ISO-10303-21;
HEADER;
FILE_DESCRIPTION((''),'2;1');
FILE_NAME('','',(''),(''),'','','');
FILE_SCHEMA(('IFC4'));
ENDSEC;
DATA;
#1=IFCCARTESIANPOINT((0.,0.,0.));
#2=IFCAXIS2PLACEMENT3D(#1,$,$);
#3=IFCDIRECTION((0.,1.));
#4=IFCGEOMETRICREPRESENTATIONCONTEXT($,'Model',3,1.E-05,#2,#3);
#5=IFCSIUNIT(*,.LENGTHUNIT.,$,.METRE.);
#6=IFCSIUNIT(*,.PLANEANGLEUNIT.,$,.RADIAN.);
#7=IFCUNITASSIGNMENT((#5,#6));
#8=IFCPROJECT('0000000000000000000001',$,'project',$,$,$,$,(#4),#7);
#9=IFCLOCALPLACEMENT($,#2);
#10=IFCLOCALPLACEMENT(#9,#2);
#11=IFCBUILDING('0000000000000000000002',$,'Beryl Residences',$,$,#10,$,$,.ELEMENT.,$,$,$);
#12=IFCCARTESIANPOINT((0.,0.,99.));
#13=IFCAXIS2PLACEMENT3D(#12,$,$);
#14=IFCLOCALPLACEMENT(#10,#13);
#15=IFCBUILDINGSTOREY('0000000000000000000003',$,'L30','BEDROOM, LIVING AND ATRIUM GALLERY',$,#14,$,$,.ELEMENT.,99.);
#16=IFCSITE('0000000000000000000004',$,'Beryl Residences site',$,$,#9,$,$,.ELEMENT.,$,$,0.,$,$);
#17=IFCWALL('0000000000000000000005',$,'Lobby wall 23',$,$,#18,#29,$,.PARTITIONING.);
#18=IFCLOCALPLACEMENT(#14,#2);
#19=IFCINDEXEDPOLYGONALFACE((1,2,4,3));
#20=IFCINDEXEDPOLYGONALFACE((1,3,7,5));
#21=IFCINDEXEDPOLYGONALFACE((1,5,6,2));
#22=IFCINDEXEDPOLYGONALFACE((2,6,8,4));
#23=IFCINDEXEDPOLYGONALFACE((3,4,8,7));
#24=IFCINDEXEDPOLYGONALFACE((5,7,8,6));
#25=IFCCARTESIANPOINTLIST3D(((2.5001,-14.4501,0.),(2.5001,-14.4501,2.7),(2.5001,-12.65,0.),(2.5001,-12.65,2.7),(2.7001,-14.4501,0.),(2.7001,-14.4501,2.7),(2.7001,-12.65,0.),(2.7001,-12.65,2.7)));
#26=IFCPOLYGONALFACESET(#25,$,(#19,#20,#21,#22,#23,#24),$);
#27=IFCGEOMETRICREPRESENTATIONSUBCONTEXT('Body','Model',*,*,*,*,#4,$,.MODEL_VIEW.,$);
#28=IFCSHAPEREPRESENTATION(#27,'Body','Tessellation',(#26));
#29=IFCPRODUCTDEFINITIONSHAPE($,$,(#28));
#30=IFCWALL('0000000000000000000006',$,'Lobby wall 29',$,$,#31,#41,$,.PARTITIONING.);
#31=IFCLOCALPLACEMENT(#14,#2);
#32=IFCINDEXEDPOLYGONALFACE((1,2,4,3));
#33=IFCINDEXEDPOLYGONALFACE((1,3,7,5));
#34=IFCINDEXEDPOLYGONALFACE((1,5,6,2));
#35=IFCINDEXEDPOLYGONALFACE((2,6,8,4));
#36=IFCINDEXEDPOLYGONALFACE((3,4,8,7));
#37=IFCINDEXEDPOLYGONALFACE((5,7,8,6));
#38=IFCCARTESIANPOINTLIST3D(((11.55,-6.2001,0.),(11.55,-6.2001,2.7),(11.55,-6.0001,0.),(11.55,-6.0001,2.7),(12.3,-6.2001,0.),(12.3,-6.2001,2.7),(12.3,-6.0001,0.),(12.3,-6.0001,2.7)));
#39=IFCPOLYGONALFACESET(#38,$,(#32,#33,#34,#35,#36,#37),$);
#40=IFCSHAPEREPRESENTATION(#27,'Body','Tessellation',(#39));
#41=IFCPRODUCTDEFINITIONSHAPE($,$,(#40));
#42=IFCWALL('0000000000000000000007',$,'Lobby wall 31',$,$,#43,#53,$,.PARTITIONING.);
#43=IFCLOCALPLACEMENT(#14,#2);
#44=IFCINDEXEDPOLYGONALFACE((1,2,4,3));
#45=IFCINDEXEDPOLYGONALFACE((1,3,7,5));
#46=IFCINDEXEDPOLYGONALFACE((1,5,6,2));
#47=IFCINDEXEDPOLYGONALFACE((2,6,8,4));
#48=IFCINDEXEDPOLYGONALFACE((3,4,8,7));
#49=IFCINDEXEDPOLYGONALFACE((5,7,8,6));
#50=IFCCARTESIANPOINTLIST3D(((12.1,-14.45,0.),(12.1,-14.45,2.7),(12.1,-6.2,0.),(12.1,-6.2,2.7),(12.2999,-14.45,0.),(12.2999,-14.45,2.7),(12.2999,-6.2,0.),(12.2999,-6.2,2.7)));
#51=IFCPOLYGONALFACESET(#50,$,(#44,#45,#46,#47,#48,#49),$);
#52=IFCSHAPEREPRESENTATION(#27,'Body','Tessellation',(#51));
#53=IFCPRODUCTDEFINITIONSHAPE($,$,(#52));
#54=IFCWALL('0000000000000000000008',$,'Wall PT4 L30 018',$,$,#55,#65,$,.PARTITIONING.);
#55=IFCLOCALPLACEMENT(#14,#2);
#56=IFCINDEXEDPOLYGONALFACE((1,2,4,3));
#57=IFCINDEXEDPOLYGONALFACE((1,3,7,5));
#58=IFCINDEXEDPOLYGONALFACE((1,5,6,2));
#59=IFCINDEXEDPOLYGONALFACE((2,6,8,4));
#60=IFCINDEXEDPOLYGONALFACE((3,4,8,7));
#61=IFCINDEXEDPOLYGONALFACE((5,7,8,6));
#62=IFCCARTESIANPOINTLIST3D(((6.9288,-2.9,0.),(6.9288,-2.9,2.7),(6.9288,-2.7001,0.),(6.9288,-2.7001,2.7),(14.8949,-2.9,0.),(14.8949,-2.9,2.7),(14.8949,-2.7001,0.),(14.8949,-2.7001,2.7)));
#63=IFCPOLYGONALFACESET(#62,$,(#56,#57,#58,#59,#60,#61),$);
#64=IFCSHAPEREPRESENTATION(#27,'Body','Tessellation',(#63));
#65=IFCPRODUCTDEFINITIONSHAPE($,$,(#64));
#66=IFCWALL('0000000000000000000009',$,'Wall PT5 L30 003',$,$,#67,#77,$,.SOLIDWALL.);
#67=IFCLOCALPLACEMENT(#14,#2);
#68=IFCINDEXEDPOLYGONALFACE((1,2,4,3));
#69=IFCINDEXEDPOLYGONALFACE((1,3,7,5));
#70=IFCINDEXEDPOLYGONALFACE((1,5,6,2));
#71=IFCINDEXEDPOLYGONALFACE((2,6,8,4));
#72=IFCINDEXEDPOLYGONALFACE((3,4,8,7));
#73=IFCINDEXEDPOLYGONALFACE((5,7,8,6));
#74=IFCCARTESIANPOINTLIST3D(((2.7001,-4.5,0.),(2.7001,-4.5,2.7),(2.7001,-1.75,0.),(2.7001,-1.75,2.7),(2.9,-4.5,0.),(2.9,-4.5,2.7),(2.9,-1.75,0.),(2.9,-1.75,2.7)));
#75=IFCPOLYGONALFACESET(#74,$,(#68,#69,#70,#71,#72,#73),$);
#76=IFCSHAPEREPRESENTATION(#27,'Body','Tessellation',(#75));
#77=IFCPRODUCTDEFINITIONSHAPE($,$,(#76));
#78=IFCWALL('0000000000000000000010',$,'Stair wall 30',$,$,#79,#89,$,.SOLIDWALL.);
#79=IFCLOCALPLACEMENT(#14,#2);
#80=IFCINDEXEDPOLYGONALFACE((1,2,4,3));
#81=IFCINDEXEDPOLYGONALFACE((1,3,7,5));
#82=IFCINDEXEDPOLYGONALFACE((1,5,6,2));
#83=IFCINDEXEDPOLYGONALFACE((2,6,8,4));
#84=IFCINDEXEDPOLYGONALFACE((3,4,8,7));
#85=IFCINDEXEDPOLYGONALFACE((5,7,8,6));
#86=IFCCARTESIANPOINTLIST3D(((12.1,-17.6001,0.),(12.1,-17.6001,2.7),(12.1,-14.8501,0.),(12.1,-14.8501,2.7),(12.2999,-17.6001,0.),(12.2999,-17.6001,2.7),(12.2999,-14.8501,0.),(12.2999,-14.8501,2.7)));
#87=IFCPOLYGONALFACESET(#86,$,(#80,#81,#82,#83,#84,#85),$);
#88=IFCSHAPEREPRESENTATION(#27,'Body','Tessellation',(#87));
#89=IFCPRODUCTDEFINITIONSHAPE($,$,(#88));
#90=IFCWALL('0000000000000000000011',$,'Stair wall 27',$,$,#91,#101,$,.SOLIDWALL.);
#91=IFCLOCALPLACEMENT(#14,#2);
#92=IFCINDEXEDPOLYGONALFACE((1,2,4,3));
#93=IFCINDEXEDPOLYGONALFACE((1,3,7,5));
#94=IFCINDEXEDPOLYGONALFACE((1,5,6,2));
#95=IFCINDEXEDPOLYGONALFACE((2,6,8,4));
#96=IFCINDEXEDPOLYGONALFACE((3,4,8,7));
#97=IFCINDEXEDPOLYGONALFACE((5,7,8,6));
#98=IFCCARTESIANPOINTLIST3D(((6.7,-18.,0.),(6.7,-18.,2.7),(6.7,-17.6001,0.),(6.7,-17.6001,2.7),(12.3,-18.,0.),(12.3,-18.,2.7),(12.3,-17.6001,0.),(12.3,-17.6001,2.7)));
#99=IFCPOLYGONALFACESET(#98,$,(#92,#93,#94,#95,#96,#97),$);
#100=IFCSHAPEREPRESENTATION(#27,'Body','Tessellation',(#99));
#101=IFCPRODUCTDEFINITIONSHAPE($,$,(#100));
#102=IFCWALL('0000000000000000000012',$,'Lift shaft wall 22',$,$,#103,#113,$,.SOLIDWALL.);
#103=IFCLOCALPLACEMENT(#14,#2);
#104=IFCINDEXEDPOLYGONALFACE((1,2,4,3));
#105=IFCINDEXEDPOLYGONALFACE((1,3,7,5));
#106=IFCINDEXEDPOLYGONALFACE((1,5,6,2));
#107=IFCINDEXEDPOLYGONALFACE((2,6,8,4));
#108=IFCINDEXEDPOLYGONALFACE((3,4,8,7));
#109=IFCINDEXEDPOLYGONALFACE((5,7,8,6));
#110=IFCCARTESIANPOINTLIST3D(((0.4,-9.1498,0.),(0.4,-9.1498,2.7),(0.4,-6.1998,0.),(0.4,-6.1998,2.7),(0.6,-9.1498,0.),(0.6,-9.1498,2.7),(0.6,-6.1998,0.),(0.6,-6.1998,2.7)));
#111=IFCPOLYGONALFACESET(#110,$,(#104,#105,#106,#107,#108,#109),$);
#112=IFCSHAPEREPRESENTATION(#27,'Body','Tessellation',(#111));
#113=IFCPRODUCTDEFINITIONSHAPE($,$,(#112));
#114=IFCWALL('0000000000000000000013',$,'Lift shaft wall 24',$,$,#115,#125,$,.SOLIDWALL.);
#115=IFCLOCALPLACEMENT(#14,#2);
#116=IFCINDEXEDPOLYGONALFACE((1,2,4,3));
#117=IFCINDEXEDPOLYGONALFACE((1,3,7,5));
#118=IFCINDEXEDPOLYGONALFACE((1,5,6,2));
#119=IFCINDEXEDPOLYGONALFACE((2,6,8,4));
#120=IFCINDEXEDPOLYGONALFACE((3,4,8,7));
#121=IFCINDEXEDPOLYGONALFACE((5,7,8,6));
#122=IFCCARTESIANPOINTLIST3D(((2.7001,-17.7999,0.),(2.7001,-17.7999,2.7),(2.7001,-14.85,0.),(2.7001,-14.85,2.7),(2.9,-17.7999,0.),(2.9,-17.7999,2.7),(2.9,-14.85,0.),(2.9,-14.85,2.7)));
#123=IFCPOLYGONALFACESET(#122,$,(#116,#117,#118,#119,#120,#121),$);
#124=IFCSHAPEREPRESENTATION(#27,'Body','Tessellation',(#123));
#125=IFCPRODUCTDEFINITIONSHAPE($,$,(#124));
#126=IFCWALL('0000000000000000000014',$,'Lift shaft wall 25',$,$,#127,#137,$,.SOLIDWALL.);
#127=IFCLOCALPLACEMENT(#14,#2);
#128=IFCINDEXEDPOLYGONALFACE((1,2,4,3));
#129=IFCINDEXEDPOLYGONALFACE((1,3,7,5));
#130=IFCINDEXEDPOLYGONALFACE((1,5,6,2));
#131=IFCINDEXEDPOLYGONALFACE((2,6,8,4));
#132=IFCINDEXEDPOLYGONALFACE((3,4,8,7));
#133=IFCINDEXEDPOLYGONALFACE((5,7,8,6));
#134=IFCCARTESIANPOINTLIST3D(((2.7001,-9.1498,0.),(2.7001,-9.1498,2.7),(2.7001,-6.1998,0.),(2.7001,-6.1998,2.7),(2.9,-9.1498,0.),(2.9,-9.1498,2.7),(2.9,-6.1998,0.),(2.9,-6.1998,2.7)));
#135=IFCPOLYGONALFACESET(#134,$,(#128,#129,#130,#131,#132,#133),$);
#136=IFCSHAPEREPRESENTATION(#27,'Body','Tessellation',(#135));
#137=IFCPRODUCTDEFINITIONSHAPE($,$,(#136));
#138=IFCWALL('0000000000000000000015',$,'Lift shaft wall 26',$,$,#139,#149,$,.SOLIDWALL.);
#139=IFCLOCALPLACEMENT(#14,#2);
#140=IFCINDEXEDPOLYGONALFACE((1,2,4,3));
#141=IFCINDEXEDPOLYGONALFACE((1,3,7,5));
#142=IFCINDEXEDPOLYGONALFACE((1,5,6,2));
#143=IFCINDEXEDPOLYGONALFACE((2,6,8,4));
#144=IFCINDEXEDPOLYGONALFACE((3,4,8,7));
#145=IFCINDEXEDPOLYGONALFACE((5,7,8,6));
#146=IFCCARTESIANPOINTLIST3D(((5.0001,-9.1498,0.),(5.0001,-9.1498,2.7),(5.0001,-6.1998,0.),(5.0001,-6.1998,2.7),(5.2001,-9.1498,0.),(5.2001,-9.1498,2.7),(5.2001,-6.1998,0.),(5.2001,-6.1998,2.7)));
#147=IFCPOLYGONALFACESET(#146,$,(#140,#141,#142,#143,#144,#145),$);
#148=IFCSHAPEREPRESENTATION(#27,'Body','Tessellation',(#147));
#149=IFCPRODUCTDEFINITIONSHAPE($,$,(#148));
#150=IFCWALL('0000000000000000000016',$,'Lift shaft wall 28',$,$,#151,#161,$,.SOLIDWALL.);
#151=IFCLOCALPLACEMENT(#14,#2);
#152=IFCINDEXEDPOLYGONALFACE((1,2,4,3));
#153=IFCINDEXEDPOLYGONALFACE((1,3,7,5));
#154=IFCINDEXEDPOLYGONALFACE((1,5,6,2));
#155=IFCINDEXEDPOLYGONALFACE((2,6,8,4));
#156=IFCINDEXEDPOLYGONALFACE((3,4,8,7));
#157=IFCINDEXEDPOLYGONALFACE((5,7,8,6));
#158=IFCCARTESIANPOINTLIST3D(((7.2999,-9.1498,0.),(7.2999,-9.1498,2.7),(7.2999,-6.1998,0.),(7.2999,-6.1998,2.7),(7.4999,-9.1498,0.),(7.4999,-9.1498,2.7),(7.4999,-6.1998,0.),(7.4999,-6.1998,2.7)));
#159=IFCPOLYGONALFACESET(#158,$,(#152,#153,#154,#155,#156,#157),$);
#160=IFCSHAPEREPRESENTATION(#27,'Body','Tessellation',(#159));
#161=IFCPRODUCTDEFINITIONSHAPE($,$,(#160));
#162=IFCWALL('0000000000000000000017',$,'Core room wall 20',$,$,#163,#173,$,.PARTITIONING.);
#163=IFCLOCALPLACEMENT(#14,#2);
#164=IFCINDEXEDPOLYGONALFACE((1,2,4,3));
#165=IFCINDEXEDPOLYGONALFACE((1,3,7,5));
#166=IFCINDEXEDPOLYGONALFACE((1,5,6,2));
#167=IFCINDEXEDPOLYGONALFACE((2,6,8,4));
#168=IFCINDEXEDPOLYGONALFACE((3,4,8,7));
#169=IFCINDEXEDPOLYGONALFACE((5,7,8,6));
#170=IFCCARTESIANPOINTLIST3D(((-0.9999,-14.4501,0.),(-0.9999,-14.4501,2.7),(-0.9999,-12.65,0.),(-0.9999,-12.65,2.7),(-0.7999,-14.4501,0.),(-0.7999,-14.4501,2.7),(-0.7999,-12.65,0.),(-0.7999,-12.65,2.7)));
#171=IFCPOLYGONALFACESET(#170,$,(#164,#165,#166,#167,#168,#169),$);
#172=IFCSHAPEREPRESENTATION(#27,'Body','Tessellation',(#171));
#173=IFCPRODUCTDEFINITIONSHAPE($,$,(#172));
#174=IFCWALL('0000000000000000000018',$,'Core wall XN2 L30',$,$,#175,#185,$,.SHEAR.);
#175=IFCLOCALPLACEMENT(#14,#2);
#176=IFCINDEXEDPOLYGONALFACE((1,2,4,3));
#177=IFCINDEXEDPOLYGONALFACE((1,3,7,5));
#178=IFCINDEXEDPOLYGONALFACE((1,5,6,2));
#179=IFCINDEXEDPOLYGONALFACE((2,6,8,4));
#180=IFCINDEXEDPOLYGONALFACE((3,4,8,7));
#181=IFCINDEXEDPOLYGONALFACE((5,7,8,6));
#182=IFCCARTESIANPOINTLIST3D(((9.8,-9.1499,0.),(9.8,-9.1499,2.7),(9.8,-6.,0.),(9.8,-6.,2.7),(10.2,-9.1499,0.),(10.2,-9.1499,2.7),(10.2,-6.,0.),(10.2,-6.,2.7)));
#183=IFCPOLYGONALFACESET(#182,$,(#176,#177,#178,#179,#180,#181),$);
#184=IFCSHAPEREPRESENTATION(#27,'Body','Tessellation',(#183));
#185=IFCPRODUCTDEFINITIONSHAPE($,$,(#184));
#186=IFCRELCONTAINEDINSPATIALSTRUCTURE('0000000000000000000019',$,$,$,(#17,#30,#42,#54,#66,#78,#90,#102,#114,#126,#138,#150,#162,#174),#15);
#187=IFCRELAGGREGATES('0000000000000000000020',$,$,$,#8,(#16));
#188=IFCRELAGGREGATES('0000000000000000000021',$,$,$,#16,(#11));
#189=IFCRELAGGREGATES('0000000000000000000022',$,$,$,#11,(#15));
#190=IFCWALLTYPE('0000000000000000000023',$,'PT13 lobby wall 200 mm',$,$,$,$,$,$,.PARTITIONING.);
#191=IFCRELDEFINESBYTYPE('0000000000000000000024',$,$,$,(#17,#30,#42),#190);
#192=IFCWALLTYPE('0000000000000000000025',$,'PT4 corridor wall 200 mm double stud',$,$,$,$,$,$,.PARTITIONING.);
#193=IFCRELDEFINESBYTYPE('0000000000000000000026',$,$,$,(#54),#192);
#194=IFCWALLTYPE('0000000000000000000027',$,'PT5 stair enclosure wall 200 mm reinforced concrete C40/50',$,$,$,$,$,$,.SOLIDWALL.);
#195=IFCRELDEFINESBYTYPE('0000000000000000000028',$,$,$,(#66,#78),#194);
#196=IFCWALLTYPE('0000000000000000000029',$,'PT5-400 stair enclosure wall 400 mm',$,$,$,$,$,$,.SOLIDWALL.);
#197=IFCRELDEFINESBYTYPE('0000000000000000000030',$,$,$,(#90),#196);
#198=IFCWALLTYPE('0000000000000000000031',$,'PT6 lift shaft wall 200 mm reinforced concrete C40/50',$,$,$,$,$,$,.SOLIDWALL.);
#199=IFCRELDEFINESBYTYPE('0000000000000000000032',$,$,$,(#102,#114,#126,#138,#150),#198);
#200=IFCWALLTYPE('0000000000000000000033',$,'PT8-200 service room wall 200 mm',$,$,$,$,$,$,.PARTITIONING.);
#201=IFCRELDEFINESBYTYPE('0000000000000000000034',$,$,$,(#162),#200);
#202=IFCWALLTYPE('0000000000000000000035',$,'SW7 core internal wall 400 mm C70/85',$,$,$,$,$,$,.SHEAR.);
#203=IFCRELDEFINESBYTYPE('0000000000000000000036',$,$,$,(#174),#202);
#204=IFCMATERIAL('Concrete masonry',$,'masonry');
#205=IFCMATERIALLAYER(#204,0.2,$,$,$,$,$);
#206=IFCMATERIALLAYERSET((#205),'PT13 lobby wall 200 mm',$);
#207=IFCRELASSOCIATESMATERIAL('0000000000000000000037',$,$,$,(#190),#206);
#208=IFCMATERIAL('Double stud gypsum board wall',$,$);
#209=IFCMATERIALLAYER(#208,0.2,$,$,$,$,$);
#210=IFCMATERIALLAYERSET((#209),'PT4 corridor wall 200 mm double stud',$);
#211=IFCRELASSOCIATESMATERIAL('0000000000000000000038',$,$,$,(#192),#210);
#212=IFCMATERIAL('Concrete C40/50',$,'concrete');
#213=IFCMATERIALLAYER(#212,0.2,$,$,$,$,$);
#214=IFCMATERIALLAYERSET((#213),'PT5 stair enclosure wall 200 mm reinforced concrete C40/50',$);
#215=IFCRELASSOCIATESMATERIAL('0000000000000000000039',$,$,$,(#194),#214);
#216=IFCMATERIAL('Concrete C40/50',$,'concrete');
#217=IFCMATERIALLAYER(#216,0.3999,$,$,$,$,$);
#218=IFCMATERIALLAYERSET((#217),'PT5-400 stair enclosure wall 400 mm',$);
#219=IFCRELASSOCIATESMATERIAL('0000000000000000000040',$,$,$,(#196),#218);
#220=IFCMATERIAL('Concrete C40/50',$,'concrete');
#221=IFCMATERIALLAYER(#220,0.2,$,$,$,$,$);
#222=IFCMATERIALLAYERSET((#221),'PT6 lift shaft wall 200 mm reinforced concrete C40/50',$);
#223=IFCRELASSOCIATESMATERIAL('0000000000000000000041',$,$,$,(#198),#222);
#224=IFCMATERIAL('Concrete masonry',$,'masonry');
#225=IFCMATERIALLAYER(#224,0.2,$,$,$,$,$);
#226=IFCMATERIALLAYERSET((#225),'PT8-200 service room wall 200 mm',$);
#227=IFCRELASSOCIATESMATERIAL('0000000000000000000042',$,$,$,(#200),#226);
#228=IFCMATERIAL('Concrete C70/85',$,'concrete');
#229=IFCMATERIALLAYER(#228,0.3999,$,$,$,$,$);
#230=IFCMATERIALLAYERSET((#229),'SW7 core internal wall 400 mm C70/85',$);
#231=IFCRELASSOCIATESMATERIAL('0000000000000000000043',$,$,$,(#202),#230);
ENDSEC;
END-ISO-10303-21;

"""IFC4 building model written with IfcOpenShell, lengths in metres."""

from ifc_helpers import new_model, si_unit, direction, frame, frame_2d, origin, place, context, subcontext, project, spatial, rectangle, extrude, material, layer, layer_set, type_object, element, save


model = new_model("IFC4")

# Units and contexts
model_context = context("Model", 3, precision=1e-05, world=origin(), true_north=direction((0.0, 1.0)))
body_context = subcontext(model_context, "Body", "Model", "MODEL_VIEW")
ifc_project = project(units=[si_unit("LENGTHUNIT", "METRE"), si_unit("PLANEANGLEUNIT", "RADIAN")], contexts=[model_context])

# Site, building, storey
site_placement = place(None, origin())
site = spatial("IfcSite", under=ifc_project, at=site_placement, Name="Beryl Residences site", CompositionType="ELEMENT", RefElevation=0.0)
building_placement = place(site_placement, origin())
building = spatial("IfcBuilding", under=site, at=building_placement, Name="Beryl Residences", CompositionType="ELEMENT")
storey_placement = place(building_placement, frame((0.0, 0.0, 99.0)))
storey = spatial("IfcBuildingStorey", under=building, at=storey_placement, Name="L30", Description="BEDROOM, LIVING AND ATRIUM GALLERY", CompositionType="ELEMENT", Elevation=99.0)

# Walls
ifc_material_1 = material(Name="Concrete masonry", Category="masonry")
ifc_layer_1 = layer(ifc_material_1, 0.2)
ifc_layer_set_1 = layer_set([ifc_layer_1], Name="PT13 lobby wall 200 mm")
wall_type_1 = type_object("IfcWallType", Name="PT13 lobby wall 200 mm", PredefinedType="PARTITIONING", material=ifc_layer_set_1)
wall_1_placement = place(storey_placement, frame((2.6001, -14.45, 0.0), z_axis=(0.0, 0.0, 1.0), x_axis=(0.0, 1.0, 0.0)))
element("IfcWall", 1, at=wall_1_placement, inside=storey, type_object=wall_type_1, Name="Lobby wall 23", PredefinedType="PARTITIONING", context=body_context, shape_type="SweptSolid", body=[
    extrude(rectangle(XDim=1.8, YDim=0.2, at=frame_2d((0.8999, 0.0))), origin(), (0.0, 0.0, 1.0), 2.7),
])
wall_2_placement = place(storey_placement, frame((11.55, -6.1001, 0.0), z_axis=(0.0, 0.0, 1.0), x_axis=(1.0, 0.0, 0.0)))
element("IfcWall", 2, at=wall_2_placement, inside=storey, type_object=wall_type_1, Name="Lobby wall 29", PredefinedType="PARTITIONING", context=body_context, shape_type="SweptSolid", body=[
    extrude(rectangle(XDim=0.75, YDim=0.2, at=frame_2d((0.375, 0.0))), origin(), (0.0, 0.0, 1.0), 2.7),
])
wall_3_placement = place(storey_placement, frame((12.2, -14.45, 0.0), z_axis=(0.0, 0.0, 1.0), x_axis=(0.0, 1.0, 0.0)))
element("IfcWall", 3, at=wall_3_placement, inside=storey, type_object=wall_type_1, Name="Lobby wall 31", PredefinedType="PARTITIONING", context=body_context, shape_type="SweptSolid", body=[
    extrude(rectangle(XDim=8.25, YDim=0.2, at=frame_2d((4.125, 0.0))), origin(), (0.0, 0.0, 1.0), 2.7),
])
ifc_material_2 = material(Name="Double stud gypsum board wall")
ifc_layer_2 = layer(ifc_material_2, 0.2)
ifc_layer_set_2 = layer_set([ifc_layer_2], Name="PT4 corridor wall 200 mm double stud")
wall_type_2 = type_object("IfcWallType", Name="PT4 corridor wall 200 mm double stud", PredefinedType="PARTITIONING", material=ifc_layer_set_2)
wall_4_placement = place(storey_placement, frame((6.929, -2.8, 0.0), z_axis=(0.0, 0.0, 1.0), x_axis=(1.0, 0.0, 0.0)))
element("IfcWall", 4, at=wall_4_placement, inside=storey, type_object=wall_type_2, Name="Wall PT4 L30 018", PredefinedType="PARTITIONING", context=body_context, shape_type="SweptSolid", body=[
    extrude(rectangle(XDim=7.9661, YDim=0.2, at=frame_2d((3.9829, 0.0))), origin(), (0.0, 0.0, 1.0), 2.7),
])
ifc_material_3 = material(Name="Concrete C40/50", Category="concrete")
ifc_layer_3 = layer(ifc_material_3, 0.2)
ifc_layer_set_3 = layer_set([ifc_layer_3], Name="PT5 stair enclosure wall 200 mm reinforced concrete C40/50")
wall_type_3 = type_object("IfcWallType", Name="PT5 stair enclosure wall 200 mm reinforced concrete C40/50", PredefinedType="SOLIDWALL", material=ifc_layer_set_3)
for number, where, z_axis, x_axis, name in (
    (5, (2.8, -4.5, 0.0), (0.0, 0.0, 1.0), (0.0, 1.0, 0.0), "Wall PT5 L30 003"),
    (6, (12.2, -17.6001, 0.0), (0.0, 0.0, 1.0), (0.0, 1.0, 0.0), "Stair wall 30"),
):
    element("IfcWall", number, at=place(storey_placement, frame(where, z_axis=z_axis, x_axis=x_axis)), inside=storey, type_object=wall_type_3, Name=name, PredefinedType="SOLIDWALL", context=body_context, shape_type="SweptSolid", body=[
        extrude(rectangle(XDim=2.75, YDim=0.2, at=frame_2d((1.375, 0.0))), origin(), (0.0, 0.0, 1.0), 2.7),
    ])
ifc_material_4 = material(Name="Concrete C40/50", Category="concrete")
ifc_layer_4 = layer(ifc_material_4, 0.3999)
ifc_layer_set_4 = layer_set([ifc_layer_4], Name="PT5-400 stair enclosure wall 400 mm")
wall_type_4 = type_object("IfcWallType", Name="PT5-400 stair enclosure wall 400 mm", PredefinedType="SOLIDWALL", material=ifc_layer_set_4)
wall_5_placement = place(storey_placement, frame((6.7, -17.8, 0.0), z_axis=(0.0, 0.0, 1.0), x_axis=(1.0, 0.0, 0.0)))
element("IfcWall", 7, at=wall_5_placement, inside=storey, type_object=wall_type_4, Name="Stair wall 27", PredefinedType="SOLIDWALL", context=body_context, shape_type="SweptSolid", body=[
    extrude(rectangle(XDim=5.6001, YDim=0.3999, at=frame_2d((2.8, 0.0))), origin(), (0.0, 0.0, 1.0), 2.7),
])
ifc_material_5 = material(Name="Concrete C40/50", Category="concrete")
ifc_layer_5 = layer(ifc_material_5, 0.2)
ifc_layer_set_5 = layer_set([ifc_layer_5], Name="PT6 lift shaft wall 200 mm reinforced concrete C40/50")
wall_type_5 = type_object("IfcWallType", Name="PT6 lift shaft wall 200 mm reinforced concrete C40/50", PredefinedType="SOLIDWALL", material=ifc_layer_set_5)
for number, where, z_axis, x_axis, name in (
    (8, (0.5, -9.1499, 0.0), (0.0, 0.0, 1.0), (0.0, 1.0, 0.0), "Lift shaft wall 22"),
    (9, (2.8, -17.8, 0.0), (0.0, 0.0, 1.0), (0.0, 1.0, 0.0), "Lift shaft wall 24"),
    (10, (2.8, -9.1499, 0.0), (0.0, 0.0, 1.0), (0.0, 1.0, 0.0), "Lift shaft wall 25"),
    (11, (5.1001, -9.1499, 0.0), (0.0, 0.0, 1.0), (0.0, 1.0, 0.0), "Lift shaft wall 26"),
    (12, (7.3999, -9.1499, 0.0), (0.0, 0.0, 1.0), (0.0, 1.0, 0.0), "Lift shaft wall 28"),
):
    element("IfcWall", number, at=place(storey_placement, frame(where, z_axis=z_axis, x_axis=x_axis)), inside=storey, type_object=wall_type_5, Name=name, PredefinedType="SOLIDWALL", context=body_context, shape_type="SweptSolid", body=[
        extrude(rectangle(XDim=2.95, YDim=0.2, at=frame_2d((1.4751, 0.0))), origin(), (0.0, 0.0, 1.0), 2.7),
    ])
ifc_material_6 = material(Name="Concrete masonry", Category="masonry")
ifc_layer_6 = layer(ifc_material_6, 0.2)
ifc_layer_set_6 = layer_set([ifc_layer_6], Name="PT8-200 service room wall 200 mm")
wall_type_6 = type_object("IfcWallType", Name="PT8-200 service room wall 200 mm", PredefinedType="PARTITIONING", material=ifc_layer_set_6)
wall_6_placement = place(storey_placement, frame((-0.8999, -14.45, 0.0), z_axis=(0.0, 0.0, 1.0), x_axis=(0.0, 1.0, 0.0)))
element("IfcWall", 13, at=wall_6_placement, inside=storey, type_object=wall_type_6, Name="Core room wall 20", PredefinedType="PARTITIONING", context=body_context, shape_type="SweptSolid", body=[
    extrude(rectangle(XDim=1.8, YDim=0.2, at=frame_2d((0.8999, 0.0))), origin(), (0.0, 0.0, 1.0), 2.7),
])
ifc_material_7 = material(Name="Concrete C70/85", Category="concrete")
ifc_layer_7 = layer(ifc_material_7, 0.3999)
ifc_layer_set_7 = layer_set([ifc_layer_7], Name="SW7 core internal wall 400 mm C70/85")
wall_type_7 = type_object("IfcWallType", Name="SW7 core internal wall 400 mm C70/85", PredefinedType="SHEAR", material=ifc_layer_set_7)
wall_7_placement = place(storey_placement, frame((10.0, -9.1499, 0.0), z_axis=(0.0, 0.0, 1.0), x_axis=(0.0, 1.0, 0.0)))
element("IfcWall", 14, at=wall_7_placement, inside=storey, type_object=wall_type_7, Name="Core wall XN2 L30", PredefinedType="SHEAR", context=body_context, shape_type="SweptSolid", body=[
    extrude(rectangle(XDim=3.1499, YDim=0.3999, at=frame_2d((1.575, 0.0))), origin(), (0.0, 0.0, 1.0), 2.7),
])

save(model, "model.ifc")
